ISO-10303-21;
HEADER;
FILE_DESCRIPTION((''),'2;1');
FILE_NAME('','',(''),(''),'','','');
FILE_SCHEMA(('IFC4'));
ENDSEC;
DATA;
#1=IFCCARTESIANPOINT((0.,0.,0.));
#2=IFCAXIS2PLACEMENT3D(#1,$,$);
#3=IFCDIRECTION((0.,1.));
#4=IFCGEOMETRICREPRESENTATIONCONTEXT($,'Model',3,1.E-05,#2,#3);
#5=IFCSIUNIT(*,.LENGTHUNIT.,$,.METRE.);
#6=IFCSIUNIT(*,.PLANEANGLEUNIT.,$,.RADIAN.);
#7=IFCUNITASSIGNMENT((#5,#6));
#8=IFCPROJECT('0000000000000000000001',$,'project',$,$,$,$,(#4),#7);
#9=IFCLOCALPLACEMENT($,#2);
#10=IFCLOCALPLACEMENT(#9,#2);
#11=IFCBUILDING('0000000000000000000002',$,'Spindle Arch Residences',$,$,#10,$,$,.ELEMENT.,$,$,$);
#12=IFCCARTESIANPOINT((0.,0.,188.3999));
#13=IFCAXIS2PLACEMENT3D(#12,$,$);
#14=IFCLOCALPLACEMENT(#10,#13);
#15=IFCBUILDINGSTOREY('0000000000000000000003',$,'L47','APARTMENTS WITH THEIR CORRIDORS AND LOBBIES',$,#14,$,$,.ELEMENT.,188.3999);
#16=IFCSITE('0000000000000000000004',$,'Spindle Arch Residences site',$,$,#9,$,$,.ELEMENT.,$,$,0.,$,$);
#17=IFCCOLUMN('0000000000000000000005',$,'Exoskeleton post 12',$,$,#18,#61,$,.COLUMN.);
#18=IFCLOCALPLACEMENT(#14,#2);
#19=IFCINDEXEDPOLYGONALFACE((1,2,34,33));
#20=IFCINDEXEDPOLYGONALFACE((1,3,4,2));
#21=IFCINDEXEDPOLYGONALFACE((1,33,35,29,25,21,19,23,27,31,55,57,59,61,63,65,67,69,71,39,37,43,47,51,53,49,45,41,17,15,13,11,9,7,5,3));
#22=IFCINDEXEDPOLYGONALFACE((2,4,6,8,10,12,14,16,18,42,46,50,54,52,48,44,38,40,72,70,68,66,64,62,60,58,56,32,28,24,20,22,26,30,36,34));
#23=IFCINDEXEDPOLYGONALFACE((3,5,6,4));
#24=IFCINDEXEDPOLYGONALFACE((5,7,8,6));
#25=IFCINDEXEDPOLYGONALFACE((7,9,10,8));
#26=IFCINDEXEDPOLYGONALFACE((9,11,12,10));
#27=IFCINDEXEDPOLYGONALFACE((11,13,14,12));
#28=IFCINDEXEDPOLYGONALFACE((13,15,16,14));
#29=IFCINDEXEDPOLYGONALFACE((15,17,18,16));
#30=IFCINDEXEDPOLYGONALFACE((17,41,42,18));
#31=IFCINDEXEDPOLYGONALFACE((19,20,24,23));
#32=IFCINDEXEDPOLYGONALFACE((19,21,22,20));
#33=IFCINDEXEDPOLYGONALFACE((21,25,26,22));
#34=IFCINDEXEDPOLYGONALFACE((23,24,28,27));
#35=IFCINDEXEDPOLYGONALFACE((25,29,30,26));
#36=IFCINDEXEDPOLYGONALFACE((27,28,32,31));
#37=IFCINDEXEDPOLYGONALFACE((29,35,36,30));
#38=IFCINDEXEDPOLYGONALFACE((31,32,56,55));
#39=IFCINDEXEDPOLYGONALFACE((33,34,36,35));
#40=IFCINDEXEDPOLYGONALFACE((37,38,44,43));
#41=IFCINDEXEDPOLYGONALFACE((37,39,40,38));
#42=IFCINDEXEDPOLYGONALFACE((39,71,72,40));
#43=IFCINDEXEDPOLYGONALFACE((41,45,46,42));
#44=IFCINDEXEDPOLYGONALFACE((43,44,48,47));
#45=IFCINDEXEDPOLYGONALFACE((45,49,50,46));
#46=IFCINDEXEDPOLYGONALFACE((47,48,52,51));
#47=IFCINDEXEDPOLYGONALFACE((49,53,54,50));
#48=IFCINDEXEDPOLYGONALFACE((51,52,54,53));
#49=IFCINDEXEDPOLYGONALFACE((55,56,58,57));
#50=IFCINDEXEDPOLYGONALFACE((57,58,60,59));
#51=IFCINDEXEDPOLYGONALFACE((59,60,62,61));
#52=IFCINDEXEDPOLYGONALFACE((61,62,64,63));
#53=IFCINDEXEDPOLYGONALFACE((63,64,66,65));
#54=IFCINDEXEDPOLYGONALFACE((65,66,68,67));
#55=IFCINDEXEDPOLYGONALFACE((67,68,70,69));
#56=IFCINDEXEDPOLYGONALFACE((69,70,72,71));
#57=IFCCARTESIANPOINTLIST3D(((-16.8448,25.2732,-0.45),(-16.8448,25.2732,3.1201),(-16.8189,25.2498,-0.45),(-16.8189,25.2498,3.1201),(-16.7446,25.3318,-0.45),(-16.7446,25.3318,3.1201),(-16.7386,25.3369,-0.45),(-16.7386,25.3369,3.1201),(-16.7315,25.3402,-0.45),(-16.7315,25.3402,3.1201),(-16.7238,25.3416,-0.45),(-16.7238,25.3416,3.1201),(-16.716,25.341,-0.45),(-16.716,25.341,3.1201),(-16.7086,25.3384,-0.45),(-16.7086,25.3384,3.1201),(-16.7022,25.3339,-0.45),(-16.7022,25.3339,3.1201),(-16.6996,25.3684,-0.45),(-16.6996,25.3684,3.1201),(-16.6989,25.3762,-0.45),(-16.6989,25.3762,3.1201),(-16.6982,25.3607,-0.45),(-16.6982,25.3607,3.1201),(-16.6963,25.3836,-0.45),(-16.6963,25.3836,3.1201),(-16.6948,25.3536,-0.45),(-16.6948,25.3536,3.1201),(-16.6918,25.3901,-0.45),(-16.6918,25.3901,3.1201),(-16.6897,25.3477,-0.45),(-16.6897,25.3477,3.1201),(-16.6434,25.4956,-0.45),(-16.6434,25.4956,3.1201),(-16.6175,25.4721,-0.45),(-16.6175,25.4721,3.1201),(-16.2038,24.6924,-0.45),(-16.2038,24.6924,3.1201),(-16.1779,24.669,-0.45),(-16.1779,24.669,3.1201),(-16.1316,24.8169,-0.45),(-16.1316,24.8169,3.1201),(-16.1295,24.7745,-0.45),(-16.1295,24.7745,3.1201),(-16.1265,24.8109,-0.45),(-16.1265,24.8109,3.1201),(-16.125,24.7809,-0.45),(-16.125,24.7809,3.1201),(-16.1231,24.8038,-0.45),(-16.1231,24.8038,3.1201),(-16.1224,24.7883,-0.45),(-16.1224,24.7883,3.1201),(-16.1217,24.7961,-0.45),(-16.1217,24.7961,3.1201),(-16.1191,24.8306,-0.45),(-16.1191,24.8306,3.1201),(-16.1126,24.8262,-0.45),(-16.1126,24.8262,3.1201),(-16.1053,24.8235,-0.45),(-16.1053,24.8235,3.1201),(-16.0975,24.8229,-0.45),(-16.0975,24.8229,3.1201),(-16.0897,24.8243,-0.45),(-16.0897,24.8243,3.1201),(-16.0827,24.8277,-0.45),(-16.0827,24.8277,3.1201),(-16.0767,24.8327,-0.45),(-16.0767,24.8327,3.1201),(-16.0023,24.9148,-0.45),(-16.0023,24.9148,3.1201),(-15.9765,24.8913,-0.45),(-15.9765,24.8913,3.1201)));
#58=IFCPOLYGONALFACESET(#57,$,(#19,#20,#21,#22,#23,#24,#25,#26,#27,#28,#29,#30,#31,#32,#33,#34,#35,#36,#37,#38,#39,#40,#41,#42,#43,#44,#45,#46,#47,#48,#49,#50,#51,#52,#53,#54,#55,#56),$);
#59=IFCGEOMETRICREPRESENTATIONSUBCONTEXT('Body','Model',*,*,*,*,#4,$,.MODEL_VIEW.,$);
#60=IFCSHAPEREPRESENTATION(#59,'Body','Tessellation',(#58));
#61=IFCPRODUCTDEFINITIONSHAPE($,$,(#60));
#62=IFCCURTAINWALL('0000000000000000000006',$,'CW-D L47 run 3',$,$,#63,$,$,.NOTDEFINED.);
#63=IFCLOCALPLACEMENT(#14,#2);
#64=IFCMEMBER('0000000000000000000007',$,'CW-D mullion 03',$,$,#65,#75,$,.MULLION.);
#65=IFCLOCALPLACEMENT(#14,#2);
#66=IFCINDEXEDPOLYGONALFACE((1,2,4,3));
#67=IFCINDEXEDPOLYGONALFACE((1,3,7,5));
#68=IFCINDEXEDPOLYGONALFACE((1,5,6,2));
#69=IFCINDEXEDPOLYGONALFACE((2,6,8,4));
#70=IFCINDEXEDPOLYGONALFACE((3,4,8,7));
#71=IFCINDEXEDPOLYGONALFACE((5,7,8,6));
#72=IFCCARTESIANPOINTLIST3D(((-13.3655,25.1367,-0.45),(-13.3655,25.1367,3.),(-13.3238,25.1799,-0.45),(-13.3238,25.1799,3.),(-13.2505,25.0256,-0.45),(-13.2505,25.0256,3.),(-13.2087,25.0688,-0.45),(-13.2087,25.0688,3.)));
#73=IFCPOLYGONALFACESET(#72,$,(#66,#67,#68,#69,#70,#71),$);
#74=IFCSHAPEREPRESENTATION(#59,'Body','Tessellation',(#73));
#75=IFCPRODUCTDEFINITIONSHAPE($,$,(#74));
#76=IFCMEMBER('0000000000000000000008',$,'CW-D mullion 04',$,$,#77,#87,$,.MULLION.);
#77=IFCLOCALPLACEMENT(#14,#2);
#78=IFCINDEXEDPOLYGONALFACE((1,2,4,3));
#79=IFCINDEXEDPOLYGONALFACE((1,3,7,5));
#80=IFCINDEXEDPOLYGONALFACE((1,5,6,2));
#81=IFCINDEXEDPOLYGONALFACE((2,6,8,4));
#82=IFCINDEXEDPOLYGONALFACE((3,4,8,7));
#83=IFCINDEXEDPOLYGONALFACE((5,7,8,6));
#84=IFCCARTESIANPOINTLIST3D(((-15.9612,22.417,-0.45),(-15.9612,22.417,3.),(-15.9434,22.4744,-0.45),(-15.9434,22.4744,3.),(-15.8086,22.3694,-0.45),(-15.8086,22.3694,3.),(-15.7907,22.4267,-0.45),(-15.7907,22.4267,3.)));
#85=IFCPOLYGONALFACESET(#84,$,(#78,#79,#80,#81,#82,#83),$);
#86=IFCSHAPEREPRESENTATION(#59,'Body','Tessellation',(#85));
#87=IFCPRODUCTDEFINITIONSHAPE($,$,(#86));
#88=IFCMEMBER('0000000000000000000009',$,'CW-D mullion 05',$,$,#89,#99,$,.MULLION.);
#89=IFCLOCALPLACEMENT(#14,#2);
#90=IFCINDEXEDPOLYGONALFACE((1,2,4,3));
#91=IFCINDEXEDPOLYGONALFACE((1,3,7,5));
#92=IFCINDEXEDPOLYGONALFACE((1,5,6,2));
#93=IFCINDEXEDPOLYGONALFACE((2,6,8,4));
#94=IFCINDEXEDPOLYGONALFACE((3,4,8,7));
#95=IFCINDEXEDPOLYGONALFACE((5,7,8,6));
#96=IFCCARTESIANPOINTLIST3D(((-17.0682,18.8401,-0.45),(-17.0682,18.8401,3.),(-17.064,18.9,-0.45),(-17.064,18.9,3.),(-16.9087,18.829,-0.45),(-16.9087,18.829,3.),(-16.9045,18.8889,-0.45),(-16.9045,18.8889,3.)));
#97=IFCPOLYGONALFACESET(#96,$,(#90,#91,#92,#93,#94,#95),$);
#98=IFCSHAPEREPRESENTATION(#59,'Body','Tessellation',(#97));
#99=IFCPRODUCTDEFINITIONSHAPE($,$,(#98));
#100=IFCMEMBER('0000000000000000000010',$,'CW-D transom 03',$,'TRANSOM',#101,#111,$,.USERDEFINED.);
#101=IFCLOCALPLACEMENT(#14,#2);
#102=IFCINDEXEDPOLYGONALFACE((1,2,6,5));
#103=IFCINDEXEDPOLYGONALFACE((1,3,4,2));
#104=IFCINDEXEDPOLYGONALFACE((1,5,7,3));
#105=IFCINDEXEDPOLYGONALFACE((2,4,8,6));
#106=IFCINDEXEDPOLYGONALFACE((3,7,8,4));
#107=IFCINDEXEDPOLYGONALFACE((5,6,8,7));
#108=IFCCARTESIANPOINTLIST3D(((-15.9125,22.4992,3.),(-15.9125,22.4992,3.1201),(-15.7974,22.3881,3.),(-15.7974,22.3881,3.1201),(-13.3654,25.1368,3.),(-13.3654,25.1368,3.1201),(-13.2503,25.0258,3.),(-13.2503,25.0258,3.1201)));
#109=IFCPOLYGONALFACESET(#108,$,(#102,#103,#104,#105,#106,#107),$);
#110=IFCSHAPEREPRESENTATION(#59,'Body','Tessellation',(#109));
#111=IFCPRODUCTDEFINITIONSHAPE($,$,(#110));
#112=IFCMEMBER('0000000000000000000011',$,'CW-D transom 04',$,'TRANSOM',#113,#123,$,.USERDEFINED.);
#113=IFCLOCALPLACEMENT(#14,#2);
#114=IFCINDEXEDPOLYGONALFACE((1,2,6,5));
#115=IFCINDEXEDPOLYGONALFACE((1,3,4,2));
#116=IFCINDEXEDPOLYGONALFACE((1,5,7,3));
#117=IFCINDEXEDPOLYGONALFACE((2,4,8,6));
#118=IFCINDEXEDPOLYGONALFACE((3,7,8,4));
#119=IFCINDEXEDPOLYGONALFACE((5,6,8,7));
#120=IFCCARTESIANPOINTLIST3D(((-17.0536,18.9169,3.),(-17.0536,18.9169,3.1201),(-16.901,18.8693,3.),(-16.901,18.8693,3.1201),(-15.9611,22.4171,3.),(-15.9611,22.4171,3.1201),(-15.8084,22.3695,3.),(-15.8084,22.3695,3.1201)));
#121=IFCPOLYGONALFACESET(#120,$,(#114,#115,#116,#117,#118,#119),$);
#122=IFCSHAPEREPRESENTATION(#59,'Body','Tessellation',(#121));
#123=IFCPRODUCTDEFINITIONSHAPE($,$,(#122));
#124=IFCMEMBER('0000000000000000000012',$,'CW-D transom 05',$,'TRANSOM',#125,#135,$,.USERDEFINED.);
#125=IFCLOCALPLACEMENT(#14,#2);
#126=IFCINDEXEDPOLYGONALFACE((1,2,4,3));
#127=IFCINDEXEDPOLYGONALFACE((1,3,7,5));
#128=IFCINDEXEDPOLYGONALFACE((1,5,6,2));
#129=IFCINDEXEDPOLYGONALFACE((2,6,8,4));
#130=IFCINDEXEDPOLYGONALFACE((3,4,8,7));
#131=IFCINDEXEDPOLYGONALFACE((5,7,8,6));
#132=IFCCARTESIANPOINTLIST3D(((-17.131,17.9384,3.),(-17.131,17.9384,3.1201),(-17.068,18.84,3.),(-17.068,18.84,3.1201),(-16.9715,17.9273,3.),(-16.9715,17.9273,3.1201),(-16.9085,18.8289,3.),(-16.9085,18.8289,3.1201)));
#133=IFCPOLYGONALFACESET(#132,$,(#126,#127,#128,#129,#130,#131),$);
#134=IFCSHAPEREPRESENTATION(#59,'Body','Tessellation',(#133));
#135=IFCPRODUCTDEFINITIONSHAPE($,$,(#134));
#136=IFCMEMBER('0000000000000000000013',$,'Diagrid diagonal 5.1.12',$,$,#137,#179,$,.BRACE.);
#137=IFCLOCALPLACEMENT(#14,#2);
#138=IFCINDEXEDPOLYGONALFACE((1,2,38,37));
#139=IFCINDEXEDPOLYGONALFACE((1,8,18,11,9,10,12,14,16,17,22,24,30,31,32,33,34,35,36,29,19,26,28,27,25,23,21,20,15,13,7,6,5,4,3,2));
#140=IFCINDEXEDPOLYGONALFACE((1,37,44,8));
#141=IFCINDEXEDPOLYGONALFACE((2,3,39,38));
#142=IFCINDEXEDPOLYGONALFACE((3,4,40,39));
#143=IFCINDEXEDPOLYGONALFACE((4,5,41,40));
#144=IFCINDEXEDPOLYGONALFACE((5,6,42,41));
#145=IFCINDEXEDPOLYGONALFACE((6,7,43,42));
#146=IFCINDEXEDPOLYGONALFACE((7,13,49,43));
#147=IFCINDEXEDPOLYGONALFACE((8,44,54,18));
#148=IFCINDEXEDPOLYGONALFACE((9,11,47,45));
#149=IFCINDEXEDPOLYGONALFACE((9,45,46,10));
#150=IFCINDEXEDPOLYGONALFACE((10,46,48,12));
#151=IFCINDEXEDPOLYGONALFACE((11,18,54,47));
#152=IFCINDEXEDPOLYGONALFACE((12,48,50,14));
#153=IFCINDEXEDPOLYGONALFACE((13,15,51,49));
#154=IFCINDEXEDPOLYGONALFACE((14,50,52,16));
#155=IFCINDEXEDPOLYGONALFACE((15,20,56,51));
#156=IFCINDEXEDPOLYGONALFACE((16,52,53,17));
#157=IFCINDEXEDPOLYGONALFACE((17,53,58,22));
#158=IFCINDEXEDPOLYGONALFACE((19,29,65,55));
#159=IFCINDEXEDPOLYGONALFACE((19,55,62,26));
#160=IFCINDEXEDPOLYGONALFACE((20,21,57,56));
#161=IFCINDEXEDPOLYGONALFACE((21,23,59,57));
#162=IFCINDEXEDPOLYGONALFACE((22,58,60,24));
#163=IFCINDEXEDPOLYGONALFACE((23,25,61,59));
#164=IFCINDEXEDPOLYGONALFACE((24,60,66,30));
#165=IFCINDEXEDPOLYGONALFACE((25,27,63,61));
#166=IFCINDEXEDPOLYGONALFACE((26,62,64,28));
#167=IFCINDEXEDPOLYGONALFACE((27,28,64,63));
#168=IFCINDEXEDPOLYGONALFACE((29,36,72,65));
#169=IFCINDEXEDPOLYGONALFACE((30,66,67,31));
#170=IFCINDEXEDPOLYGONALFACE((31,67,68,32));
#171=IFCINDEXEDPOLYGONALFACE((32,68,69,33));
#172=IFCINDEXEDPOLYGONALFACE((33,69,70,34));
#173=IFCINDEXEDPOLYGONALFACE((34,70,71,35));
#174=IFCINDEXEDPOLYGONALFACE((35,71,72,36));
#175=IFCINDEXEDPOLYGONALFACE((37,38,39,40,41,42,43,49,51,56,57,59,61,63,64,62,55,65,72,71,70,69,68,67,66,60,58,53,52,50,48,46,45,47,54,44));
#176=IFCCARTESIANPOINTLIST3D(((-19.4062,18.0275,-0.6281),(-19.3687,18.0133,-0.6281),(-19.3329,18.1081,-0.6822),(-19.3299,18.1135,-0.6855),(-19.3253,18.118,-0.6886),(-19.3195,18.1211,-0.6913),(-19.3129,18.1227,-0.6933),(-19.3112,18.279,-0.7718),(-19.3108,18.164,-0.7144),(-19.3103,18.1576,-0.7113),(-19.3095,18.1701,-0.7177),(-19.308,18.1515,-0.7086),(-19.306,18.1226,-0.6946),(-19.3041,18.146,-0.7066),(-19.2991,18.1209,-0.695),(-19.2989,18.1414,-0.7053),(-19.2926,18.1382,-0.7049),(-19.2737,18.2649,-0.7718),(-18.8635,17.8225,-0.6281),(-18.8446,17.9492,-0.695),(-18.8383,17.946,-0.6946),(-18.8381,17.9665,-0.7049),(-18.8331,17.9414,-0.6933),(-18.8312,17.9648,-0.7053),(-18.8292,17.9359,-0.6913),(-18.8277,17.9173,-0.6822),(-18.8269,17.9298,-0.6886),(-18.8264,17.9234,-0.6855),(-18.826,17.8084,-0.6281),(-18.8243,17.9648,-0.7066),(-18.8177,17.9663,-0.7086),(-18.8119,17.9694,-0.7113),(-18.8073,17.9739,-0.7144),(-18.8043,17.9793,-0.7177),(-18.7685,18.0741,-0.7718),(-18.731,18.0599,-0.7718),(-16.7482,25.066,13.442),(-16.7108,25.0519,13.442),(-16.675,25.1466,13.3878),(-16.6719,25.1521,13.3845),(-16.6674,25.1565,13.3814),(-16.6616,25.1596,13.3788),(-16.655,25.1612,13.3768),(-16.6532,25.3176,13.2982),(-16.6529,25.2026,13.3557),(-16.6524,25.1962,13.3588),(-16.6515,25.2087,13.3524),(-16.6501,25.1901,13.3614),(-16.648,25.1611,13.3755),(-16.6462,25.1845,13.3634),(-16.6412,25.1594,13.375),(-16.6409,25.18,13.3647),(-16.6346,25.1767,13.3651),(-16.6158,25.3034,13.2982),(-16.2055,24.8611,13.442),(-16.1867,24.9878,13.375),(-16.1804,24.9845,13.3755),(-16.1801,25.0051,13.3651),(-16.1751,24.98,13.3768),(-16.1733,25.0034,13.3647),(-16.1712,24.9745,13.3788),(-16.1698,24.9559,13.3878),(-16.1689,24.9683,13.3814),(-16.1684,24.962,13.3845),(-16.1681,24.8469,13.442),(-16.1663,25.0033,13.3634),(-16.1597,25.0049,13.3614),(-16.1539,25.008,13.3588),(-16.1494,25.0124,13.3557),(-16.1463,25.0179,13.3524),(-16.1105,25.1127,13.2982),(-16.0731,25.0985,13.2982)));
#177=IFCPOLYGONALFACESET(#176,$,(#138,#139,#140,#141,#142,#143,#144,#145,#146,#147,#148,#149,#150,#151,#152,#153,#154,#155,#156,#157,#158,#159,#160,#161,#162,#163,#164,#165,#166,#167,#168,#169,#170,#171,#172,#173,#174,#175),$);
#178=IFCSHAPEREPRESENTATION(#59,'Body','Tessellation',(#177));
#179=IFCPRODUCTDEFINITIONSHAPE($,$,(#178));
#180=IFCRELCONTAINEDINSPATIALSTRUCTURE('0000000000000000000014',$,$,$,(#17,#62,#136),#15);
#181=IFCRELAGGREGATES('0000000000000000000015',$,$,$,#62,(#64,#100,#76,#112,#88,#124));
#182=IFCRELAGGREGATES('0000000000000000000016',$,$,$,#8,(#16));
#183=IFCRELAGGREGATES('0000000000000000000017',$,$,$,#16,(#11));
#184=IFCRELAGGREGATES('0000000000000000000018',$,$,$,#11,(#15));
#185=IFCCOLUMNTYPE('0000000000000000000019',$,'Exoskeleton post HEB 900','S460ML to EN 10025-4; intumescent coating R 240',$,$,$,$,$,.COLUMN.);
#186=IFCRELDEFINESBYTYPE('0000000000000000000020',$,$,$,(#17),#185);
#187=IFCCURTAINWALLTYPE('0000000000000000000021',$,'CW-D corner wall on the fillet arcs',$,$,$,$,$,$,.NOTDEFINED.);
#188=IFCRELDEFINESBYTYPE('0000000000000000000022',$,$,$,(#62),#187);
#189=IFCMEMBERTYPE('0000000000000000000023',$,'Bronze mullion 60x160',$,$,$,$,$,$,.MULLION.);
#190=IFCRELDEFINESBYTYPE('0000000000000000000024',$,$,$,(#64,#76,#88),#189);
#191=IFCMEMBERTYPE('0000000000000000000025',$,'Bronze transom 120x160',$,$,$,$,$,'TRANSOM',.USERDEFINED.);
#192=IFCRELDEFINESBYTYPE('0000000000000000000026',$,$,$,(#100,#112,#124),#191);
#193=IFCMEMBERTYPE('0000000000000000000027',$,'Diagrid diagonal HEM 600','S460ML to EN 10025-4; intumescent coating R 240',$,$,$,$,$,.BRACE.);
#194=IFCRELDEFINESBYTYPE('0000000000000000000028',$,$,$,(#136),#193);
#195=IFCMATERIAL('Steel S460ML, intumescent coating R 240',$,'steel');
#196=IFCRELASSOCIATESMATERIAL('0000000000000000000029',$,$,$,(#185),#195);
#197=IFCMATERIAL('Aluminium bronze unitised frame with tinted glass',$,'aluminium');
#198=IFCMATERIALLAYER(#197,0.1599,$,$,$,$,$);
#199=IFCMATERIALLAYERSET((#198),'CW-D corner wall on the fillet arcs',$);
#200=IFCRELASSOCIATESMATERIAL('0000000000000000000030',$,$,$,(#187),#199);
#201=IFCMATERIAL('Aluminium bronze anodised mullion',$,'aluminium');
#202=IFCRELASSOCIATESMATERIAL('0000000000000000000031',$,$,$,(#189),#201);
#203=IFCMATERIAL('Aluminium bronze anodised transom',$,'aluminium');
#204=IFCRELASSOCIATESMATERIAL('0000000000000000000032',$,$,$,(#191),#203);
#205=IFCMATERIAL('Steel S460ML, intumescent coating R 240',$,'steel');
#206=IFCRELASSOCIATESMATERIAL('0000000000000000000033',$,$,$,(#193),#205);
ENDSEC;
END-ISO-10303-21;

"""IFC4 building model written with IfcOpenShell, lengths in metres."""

from ifc_helpers import new_model, si_unit, direction, frame, origin, origin_2d, place, context, subcontext, project, spatial, rectangle, i_section, extrude, material, layer, layer_set, material_profile, profile_set, type_object, element, aggregate, save


model = new_model("IFC4")

# Units and contexts
model_context = context("Model", 3, precision=1e-05, world=origin(), true_north=direction((0.0, 1.0)))
body_context = subcontext(model_context, "Body", "Model", "MODEL_VIEW")
ifc_project = project(units=[si_unit("LENGTHUNIT", "METRE"), si_unit("PLANEANGLEUNIT", "RADIAN")], contexts=[model_context])

# Site, building, storey
site_placement = place(None, origin())
site = spatial("IfcSite", under=ifc_project, at=site_placement, Name="Spindle Arch Residences site", CompositionType="ELEMENT", RefElevation=0.0)
building_placement = place(site_placement, origin())
building = spatial("IfcBuilding", under=site, at=building_placement, Name="Spindle Arch Residences", CompositionType="ELEMENT")
storey_placement = place(building_placement, frame((0.0, 0.0, 188.3999)))
storey = spatial("IfcBuildingStorey", under=building, at=storey_placement, Name="L47", Description="APARTMENTS WITH THEIR CORRIDORS AND LOBBIES", CompositionType="ELEMENT", Elevation=188.3999)

# Column
ifc_material_1 = material(Name="Steel S460ML, intumescent coating R 240", Category="steel")
ifc_material_profile_1 = material_profile(ifc_material_1, i_section(OverallWidth=0.3, OverallDepth=0.8999, WebThickness=0.0186, FlangeThickness=0.0349, FilletRadius=0.03, at=origin_2d()), Name="HEB 900")
ifc_profile_set_1 = profile_set([ifc_material_profile_1], Name="Steel S460ML, intumescent coating R 240")
column_type = type_object("IfcColumnType", Name="Exoskeleton post HEB 900", Description="S460ML to EN 10025-4; intumescent coating R 240", PredefinedType="COLUMN", material=ifc_profile_set_1)
column_placement = place(storey_placement, frame((-16.4106, 25.0823, -0.45), z_axis=(0.0, 0.0, 1.0), x_axis=(0.671428, 0.74107, 0.0)))
element("IfcColumn", 1, at=column_placement, inside=storey, type_object=column_type, Name="Exoskeleton post 12", PredefinedType="COLUMN", context=body_context, shape_type="SweptSolid", body=[
    extrude(i_section(OverallWidth=0.3, OverallDepth=0.8999, WebThickness=0.0186, FlangeThickness=0.0349, FilletRadius=0.03, at=origin_2d()), origin(), (0.0, 0.0, 1.0), 3.5701),
])

# Curtain wall, members
ifc_material_2 = material(Name="Aluminium bronze unitised frame with tinted glass", Category="aluminium")
ifc_layer_1 = layer(ifc_material_2, 0.1599)
ifc_layer_set_1 = layer_set([ifc_layer_1], Name="CW-D corner wall on the fillet arcs")
curtain_wall_type = type_object("IfcCurtainWallType", Name="CW-D corner wall on the fillet arcs", PredefinedType="NOTDEFINED", material=ifc_layer_set_1)
curtain_wall_placement = place(storey_placement, origin())
curtain_wall = element("IfcCurtainWall", 2, at=curtain_wall_placement, inside=storey, type_object=curtain_wall_type, Name="CW-D L47 run 3", PredefinedType="NOTDEFINED")
ifc_material_3 = material(Name="Aluminium bronze anodised mullion", Category="aluminium")
ifc_material_profile_2 = material_profile(ifc_material_3, rectangle(XDim=0.1599, YDim=0.0601, at=origin_2d()), Name="MU 60x160")
ifc_profile_set_2 = profile_set([ifc_material_profile_2], Name="Aluminium bronze anodised mullion")
member_type_1 = type_object("IfcMemberType", Name="Bronze mullion 60x160", PredefinedType="MULLION", material=ifc_profile_set_2)
member_1_placement = place(storey_placement, frame((-13.2871, 25.1028, -0.45), z_axis=(0.0, 0.0, 1.0), x_axis=(0.71934, -0.694658, 0.0)))
member_1 = element("IfcMember", 3, at=member_1_placement, type_object=member_type_1, Name="CW-D mullion 03", PredefinedType="MULLION", context=body_context, shape_type="SweptSolid", body=[
    extrude(rectangle(XDim=0.1599, YDim=0.0601, at=origin_2d()), origin(), (0.0, 0.0, 1.0), 3.45),
])
member_2_placement = place(storey_placement, frame((-15.876, 22.4219, -0.45), z_axis=(0.0, 0.0, 1.0), x_axis=(0.954588, -0.29793, 0.0)))
member_2 = element("IfcMember", 4, at=member_2_placement, type_object=member_type_1, Name="CW-D mullion 04", PredefinedType="MULLION", context=body_context, shape_type="SweptSolid", body=[
    extrude(rectangle(XDim=0.1599, YDim=0.0601, at=origin_2d()), origin(), (0.0, 0.0, 1.0), 3.45),
])
member_3_placement = place(storey_placement, frame((-16.9863, 18.8645, -0.45), z_axis=(0.0, 0.0, 1.0), x_axis=(0.997564, -0.069756, 0.0)))
member_3 = element("IfcMember", 5, at=member_3_placement, type_object=member_type_1, Name="CW-D mullion 05", PredefinedType="MULLION", context=body_context, shape_type="SweptSolid", body=[
    extrude(rectangle(XDim=0.1599, YDim=0.0601, at=origin_2d()), origin(), (0.0, 0.0, 1.0), 3.45),
])
ifc_material_4 = material(Name="Aluminium bronze anodised transom", Category="aluminium")
ifc_material_profile_3 = material_profile(ifc_material_4, rectangle(XDim=0.1599, YDim=0.1201, at=origin_2d()), Name="TR 120x160")
ifc_profile_set_3 = profile_set([ifc_material_profile_3], Name="Aluminium bronze anodised transom")
member_type_2 = type_object("IfcMemberType", Name="Bronze transom 120x160", ElementType="TRANSOM", PredefinedType="USERDEFINED", material=ifc_profile_set_3)
member_4_placement = place(storey_placement, frame((-13.3079, 25.0813, 3.0601), z_axis=(-0.694648, -0.71935, 0.0), x_axis=(0.71935, -0.694648, 0.0)))
member_4 = element("IfcMember", 6, at=member_4_placement, type_object=member_type_2, Name="CW-D transom 03", ObjectType="TRANSOM", PredefinedType="USERDEFINED", context=body_context, shape_type="SweptSolid", body=[
    extrude(rectangle(XDim=0.1599, YDim=0.1201, at=origin_2d()), origin(), (0.0, 0.0, 1.0), 3.6667),
])
member_5_placement = place(storey_placement, frame((-15.8848, 22.3933, 3.0601), z_axis=(-0.297953, -0.954581, 0.0), x_axis=(0.954581, -0.297953, 0.0)))
member_5 = element("IfcMember", 7, at=member_5_placement, type_object=member_type_2, Name="CW-D transom 04", ObjectType="TRANSOM", PredefinedType="USERDEFINED", context=body_context, shape_type="SweptSolid", body=[
    extrude(rectangle(XDim=0.1599, YDim=0.1201, at=origin_2d()), origin(), (0.0, 0.0, 1.0), 3.6667),
])
member_6_placement = place(storey_placement, frame((-16.9883, 18.8345, 3.0601), z_axis=(-0.069692, -0.997569, 0.0), x_axis=(0.997569, -0.069692, 0.0)))
member_6 = element("IfcMember", 8, at=member_6_placement, type_object=member_type_2, Name="CW-D transom 05", ObjectType="TRANSOM", PredefinedType="USERDEFINED", context=body_context, shape_type="SweptSolid", body=[
    extrude(rectangle(XDim=0.1599, YDim=0.1201, at=origin_2d()), origin(), (0.0, 0.0, 1.0), 0.9038),
])

# Member
ifc_material_5 = material(Name="Steel S460ML, intumescent coating R 240", Category="steel")
ifc_material_profile_4 = material_profile(ifc_material_5, i_section(OverallWidth=0.3049, OverallDepth=0.6201, WebThickness=0.021, FlangeThickness=0.04, FilletRadius=0.0271, at=origin_2d()), Name="HEM 600")
ifc_profile_set_4 = profile_set([ifc_material_profile_4], Name="Steel S460ML, intumescent coating R 240")
member_type_3 = type_object("IfcMemberType", Name="Diagrid diagonal HEM 600", Description="S460ML to EN 10025-4; intumescent coating R 240", PredefinedType="BRACE", material=ifc_profile_set_4)
member_7_placement = place(storey_placement, frame((-19.0686, 18.0437, -0.7), z_axis=(0.166587, 0.441142, 0.88184), x_axis=(-0.311534, -0.824978, 0.471548)))
element("IfcMember", 9, at=member_7_placement, inside=storey, type_object=member_type_3, Name="Diagrid diagonal 5.1.12", PredefinedType="BRACE", context=body_context, shape_type="SweptSolid", body=[
    extrude(i_section(OverallWidth=0.3049, OverallDepth=0.6201, WebThickness=0.021, FlangeThickness=0.04, FilletRadius=0.0271, at=origin_2d()), origin(), (0.0, 0.0, 1.0), 15.9553),
])

aggregate(curtain_wall, [member_1, member_4, member_2, member_5, member_3, member_6])

save(model, "model.ifc")
